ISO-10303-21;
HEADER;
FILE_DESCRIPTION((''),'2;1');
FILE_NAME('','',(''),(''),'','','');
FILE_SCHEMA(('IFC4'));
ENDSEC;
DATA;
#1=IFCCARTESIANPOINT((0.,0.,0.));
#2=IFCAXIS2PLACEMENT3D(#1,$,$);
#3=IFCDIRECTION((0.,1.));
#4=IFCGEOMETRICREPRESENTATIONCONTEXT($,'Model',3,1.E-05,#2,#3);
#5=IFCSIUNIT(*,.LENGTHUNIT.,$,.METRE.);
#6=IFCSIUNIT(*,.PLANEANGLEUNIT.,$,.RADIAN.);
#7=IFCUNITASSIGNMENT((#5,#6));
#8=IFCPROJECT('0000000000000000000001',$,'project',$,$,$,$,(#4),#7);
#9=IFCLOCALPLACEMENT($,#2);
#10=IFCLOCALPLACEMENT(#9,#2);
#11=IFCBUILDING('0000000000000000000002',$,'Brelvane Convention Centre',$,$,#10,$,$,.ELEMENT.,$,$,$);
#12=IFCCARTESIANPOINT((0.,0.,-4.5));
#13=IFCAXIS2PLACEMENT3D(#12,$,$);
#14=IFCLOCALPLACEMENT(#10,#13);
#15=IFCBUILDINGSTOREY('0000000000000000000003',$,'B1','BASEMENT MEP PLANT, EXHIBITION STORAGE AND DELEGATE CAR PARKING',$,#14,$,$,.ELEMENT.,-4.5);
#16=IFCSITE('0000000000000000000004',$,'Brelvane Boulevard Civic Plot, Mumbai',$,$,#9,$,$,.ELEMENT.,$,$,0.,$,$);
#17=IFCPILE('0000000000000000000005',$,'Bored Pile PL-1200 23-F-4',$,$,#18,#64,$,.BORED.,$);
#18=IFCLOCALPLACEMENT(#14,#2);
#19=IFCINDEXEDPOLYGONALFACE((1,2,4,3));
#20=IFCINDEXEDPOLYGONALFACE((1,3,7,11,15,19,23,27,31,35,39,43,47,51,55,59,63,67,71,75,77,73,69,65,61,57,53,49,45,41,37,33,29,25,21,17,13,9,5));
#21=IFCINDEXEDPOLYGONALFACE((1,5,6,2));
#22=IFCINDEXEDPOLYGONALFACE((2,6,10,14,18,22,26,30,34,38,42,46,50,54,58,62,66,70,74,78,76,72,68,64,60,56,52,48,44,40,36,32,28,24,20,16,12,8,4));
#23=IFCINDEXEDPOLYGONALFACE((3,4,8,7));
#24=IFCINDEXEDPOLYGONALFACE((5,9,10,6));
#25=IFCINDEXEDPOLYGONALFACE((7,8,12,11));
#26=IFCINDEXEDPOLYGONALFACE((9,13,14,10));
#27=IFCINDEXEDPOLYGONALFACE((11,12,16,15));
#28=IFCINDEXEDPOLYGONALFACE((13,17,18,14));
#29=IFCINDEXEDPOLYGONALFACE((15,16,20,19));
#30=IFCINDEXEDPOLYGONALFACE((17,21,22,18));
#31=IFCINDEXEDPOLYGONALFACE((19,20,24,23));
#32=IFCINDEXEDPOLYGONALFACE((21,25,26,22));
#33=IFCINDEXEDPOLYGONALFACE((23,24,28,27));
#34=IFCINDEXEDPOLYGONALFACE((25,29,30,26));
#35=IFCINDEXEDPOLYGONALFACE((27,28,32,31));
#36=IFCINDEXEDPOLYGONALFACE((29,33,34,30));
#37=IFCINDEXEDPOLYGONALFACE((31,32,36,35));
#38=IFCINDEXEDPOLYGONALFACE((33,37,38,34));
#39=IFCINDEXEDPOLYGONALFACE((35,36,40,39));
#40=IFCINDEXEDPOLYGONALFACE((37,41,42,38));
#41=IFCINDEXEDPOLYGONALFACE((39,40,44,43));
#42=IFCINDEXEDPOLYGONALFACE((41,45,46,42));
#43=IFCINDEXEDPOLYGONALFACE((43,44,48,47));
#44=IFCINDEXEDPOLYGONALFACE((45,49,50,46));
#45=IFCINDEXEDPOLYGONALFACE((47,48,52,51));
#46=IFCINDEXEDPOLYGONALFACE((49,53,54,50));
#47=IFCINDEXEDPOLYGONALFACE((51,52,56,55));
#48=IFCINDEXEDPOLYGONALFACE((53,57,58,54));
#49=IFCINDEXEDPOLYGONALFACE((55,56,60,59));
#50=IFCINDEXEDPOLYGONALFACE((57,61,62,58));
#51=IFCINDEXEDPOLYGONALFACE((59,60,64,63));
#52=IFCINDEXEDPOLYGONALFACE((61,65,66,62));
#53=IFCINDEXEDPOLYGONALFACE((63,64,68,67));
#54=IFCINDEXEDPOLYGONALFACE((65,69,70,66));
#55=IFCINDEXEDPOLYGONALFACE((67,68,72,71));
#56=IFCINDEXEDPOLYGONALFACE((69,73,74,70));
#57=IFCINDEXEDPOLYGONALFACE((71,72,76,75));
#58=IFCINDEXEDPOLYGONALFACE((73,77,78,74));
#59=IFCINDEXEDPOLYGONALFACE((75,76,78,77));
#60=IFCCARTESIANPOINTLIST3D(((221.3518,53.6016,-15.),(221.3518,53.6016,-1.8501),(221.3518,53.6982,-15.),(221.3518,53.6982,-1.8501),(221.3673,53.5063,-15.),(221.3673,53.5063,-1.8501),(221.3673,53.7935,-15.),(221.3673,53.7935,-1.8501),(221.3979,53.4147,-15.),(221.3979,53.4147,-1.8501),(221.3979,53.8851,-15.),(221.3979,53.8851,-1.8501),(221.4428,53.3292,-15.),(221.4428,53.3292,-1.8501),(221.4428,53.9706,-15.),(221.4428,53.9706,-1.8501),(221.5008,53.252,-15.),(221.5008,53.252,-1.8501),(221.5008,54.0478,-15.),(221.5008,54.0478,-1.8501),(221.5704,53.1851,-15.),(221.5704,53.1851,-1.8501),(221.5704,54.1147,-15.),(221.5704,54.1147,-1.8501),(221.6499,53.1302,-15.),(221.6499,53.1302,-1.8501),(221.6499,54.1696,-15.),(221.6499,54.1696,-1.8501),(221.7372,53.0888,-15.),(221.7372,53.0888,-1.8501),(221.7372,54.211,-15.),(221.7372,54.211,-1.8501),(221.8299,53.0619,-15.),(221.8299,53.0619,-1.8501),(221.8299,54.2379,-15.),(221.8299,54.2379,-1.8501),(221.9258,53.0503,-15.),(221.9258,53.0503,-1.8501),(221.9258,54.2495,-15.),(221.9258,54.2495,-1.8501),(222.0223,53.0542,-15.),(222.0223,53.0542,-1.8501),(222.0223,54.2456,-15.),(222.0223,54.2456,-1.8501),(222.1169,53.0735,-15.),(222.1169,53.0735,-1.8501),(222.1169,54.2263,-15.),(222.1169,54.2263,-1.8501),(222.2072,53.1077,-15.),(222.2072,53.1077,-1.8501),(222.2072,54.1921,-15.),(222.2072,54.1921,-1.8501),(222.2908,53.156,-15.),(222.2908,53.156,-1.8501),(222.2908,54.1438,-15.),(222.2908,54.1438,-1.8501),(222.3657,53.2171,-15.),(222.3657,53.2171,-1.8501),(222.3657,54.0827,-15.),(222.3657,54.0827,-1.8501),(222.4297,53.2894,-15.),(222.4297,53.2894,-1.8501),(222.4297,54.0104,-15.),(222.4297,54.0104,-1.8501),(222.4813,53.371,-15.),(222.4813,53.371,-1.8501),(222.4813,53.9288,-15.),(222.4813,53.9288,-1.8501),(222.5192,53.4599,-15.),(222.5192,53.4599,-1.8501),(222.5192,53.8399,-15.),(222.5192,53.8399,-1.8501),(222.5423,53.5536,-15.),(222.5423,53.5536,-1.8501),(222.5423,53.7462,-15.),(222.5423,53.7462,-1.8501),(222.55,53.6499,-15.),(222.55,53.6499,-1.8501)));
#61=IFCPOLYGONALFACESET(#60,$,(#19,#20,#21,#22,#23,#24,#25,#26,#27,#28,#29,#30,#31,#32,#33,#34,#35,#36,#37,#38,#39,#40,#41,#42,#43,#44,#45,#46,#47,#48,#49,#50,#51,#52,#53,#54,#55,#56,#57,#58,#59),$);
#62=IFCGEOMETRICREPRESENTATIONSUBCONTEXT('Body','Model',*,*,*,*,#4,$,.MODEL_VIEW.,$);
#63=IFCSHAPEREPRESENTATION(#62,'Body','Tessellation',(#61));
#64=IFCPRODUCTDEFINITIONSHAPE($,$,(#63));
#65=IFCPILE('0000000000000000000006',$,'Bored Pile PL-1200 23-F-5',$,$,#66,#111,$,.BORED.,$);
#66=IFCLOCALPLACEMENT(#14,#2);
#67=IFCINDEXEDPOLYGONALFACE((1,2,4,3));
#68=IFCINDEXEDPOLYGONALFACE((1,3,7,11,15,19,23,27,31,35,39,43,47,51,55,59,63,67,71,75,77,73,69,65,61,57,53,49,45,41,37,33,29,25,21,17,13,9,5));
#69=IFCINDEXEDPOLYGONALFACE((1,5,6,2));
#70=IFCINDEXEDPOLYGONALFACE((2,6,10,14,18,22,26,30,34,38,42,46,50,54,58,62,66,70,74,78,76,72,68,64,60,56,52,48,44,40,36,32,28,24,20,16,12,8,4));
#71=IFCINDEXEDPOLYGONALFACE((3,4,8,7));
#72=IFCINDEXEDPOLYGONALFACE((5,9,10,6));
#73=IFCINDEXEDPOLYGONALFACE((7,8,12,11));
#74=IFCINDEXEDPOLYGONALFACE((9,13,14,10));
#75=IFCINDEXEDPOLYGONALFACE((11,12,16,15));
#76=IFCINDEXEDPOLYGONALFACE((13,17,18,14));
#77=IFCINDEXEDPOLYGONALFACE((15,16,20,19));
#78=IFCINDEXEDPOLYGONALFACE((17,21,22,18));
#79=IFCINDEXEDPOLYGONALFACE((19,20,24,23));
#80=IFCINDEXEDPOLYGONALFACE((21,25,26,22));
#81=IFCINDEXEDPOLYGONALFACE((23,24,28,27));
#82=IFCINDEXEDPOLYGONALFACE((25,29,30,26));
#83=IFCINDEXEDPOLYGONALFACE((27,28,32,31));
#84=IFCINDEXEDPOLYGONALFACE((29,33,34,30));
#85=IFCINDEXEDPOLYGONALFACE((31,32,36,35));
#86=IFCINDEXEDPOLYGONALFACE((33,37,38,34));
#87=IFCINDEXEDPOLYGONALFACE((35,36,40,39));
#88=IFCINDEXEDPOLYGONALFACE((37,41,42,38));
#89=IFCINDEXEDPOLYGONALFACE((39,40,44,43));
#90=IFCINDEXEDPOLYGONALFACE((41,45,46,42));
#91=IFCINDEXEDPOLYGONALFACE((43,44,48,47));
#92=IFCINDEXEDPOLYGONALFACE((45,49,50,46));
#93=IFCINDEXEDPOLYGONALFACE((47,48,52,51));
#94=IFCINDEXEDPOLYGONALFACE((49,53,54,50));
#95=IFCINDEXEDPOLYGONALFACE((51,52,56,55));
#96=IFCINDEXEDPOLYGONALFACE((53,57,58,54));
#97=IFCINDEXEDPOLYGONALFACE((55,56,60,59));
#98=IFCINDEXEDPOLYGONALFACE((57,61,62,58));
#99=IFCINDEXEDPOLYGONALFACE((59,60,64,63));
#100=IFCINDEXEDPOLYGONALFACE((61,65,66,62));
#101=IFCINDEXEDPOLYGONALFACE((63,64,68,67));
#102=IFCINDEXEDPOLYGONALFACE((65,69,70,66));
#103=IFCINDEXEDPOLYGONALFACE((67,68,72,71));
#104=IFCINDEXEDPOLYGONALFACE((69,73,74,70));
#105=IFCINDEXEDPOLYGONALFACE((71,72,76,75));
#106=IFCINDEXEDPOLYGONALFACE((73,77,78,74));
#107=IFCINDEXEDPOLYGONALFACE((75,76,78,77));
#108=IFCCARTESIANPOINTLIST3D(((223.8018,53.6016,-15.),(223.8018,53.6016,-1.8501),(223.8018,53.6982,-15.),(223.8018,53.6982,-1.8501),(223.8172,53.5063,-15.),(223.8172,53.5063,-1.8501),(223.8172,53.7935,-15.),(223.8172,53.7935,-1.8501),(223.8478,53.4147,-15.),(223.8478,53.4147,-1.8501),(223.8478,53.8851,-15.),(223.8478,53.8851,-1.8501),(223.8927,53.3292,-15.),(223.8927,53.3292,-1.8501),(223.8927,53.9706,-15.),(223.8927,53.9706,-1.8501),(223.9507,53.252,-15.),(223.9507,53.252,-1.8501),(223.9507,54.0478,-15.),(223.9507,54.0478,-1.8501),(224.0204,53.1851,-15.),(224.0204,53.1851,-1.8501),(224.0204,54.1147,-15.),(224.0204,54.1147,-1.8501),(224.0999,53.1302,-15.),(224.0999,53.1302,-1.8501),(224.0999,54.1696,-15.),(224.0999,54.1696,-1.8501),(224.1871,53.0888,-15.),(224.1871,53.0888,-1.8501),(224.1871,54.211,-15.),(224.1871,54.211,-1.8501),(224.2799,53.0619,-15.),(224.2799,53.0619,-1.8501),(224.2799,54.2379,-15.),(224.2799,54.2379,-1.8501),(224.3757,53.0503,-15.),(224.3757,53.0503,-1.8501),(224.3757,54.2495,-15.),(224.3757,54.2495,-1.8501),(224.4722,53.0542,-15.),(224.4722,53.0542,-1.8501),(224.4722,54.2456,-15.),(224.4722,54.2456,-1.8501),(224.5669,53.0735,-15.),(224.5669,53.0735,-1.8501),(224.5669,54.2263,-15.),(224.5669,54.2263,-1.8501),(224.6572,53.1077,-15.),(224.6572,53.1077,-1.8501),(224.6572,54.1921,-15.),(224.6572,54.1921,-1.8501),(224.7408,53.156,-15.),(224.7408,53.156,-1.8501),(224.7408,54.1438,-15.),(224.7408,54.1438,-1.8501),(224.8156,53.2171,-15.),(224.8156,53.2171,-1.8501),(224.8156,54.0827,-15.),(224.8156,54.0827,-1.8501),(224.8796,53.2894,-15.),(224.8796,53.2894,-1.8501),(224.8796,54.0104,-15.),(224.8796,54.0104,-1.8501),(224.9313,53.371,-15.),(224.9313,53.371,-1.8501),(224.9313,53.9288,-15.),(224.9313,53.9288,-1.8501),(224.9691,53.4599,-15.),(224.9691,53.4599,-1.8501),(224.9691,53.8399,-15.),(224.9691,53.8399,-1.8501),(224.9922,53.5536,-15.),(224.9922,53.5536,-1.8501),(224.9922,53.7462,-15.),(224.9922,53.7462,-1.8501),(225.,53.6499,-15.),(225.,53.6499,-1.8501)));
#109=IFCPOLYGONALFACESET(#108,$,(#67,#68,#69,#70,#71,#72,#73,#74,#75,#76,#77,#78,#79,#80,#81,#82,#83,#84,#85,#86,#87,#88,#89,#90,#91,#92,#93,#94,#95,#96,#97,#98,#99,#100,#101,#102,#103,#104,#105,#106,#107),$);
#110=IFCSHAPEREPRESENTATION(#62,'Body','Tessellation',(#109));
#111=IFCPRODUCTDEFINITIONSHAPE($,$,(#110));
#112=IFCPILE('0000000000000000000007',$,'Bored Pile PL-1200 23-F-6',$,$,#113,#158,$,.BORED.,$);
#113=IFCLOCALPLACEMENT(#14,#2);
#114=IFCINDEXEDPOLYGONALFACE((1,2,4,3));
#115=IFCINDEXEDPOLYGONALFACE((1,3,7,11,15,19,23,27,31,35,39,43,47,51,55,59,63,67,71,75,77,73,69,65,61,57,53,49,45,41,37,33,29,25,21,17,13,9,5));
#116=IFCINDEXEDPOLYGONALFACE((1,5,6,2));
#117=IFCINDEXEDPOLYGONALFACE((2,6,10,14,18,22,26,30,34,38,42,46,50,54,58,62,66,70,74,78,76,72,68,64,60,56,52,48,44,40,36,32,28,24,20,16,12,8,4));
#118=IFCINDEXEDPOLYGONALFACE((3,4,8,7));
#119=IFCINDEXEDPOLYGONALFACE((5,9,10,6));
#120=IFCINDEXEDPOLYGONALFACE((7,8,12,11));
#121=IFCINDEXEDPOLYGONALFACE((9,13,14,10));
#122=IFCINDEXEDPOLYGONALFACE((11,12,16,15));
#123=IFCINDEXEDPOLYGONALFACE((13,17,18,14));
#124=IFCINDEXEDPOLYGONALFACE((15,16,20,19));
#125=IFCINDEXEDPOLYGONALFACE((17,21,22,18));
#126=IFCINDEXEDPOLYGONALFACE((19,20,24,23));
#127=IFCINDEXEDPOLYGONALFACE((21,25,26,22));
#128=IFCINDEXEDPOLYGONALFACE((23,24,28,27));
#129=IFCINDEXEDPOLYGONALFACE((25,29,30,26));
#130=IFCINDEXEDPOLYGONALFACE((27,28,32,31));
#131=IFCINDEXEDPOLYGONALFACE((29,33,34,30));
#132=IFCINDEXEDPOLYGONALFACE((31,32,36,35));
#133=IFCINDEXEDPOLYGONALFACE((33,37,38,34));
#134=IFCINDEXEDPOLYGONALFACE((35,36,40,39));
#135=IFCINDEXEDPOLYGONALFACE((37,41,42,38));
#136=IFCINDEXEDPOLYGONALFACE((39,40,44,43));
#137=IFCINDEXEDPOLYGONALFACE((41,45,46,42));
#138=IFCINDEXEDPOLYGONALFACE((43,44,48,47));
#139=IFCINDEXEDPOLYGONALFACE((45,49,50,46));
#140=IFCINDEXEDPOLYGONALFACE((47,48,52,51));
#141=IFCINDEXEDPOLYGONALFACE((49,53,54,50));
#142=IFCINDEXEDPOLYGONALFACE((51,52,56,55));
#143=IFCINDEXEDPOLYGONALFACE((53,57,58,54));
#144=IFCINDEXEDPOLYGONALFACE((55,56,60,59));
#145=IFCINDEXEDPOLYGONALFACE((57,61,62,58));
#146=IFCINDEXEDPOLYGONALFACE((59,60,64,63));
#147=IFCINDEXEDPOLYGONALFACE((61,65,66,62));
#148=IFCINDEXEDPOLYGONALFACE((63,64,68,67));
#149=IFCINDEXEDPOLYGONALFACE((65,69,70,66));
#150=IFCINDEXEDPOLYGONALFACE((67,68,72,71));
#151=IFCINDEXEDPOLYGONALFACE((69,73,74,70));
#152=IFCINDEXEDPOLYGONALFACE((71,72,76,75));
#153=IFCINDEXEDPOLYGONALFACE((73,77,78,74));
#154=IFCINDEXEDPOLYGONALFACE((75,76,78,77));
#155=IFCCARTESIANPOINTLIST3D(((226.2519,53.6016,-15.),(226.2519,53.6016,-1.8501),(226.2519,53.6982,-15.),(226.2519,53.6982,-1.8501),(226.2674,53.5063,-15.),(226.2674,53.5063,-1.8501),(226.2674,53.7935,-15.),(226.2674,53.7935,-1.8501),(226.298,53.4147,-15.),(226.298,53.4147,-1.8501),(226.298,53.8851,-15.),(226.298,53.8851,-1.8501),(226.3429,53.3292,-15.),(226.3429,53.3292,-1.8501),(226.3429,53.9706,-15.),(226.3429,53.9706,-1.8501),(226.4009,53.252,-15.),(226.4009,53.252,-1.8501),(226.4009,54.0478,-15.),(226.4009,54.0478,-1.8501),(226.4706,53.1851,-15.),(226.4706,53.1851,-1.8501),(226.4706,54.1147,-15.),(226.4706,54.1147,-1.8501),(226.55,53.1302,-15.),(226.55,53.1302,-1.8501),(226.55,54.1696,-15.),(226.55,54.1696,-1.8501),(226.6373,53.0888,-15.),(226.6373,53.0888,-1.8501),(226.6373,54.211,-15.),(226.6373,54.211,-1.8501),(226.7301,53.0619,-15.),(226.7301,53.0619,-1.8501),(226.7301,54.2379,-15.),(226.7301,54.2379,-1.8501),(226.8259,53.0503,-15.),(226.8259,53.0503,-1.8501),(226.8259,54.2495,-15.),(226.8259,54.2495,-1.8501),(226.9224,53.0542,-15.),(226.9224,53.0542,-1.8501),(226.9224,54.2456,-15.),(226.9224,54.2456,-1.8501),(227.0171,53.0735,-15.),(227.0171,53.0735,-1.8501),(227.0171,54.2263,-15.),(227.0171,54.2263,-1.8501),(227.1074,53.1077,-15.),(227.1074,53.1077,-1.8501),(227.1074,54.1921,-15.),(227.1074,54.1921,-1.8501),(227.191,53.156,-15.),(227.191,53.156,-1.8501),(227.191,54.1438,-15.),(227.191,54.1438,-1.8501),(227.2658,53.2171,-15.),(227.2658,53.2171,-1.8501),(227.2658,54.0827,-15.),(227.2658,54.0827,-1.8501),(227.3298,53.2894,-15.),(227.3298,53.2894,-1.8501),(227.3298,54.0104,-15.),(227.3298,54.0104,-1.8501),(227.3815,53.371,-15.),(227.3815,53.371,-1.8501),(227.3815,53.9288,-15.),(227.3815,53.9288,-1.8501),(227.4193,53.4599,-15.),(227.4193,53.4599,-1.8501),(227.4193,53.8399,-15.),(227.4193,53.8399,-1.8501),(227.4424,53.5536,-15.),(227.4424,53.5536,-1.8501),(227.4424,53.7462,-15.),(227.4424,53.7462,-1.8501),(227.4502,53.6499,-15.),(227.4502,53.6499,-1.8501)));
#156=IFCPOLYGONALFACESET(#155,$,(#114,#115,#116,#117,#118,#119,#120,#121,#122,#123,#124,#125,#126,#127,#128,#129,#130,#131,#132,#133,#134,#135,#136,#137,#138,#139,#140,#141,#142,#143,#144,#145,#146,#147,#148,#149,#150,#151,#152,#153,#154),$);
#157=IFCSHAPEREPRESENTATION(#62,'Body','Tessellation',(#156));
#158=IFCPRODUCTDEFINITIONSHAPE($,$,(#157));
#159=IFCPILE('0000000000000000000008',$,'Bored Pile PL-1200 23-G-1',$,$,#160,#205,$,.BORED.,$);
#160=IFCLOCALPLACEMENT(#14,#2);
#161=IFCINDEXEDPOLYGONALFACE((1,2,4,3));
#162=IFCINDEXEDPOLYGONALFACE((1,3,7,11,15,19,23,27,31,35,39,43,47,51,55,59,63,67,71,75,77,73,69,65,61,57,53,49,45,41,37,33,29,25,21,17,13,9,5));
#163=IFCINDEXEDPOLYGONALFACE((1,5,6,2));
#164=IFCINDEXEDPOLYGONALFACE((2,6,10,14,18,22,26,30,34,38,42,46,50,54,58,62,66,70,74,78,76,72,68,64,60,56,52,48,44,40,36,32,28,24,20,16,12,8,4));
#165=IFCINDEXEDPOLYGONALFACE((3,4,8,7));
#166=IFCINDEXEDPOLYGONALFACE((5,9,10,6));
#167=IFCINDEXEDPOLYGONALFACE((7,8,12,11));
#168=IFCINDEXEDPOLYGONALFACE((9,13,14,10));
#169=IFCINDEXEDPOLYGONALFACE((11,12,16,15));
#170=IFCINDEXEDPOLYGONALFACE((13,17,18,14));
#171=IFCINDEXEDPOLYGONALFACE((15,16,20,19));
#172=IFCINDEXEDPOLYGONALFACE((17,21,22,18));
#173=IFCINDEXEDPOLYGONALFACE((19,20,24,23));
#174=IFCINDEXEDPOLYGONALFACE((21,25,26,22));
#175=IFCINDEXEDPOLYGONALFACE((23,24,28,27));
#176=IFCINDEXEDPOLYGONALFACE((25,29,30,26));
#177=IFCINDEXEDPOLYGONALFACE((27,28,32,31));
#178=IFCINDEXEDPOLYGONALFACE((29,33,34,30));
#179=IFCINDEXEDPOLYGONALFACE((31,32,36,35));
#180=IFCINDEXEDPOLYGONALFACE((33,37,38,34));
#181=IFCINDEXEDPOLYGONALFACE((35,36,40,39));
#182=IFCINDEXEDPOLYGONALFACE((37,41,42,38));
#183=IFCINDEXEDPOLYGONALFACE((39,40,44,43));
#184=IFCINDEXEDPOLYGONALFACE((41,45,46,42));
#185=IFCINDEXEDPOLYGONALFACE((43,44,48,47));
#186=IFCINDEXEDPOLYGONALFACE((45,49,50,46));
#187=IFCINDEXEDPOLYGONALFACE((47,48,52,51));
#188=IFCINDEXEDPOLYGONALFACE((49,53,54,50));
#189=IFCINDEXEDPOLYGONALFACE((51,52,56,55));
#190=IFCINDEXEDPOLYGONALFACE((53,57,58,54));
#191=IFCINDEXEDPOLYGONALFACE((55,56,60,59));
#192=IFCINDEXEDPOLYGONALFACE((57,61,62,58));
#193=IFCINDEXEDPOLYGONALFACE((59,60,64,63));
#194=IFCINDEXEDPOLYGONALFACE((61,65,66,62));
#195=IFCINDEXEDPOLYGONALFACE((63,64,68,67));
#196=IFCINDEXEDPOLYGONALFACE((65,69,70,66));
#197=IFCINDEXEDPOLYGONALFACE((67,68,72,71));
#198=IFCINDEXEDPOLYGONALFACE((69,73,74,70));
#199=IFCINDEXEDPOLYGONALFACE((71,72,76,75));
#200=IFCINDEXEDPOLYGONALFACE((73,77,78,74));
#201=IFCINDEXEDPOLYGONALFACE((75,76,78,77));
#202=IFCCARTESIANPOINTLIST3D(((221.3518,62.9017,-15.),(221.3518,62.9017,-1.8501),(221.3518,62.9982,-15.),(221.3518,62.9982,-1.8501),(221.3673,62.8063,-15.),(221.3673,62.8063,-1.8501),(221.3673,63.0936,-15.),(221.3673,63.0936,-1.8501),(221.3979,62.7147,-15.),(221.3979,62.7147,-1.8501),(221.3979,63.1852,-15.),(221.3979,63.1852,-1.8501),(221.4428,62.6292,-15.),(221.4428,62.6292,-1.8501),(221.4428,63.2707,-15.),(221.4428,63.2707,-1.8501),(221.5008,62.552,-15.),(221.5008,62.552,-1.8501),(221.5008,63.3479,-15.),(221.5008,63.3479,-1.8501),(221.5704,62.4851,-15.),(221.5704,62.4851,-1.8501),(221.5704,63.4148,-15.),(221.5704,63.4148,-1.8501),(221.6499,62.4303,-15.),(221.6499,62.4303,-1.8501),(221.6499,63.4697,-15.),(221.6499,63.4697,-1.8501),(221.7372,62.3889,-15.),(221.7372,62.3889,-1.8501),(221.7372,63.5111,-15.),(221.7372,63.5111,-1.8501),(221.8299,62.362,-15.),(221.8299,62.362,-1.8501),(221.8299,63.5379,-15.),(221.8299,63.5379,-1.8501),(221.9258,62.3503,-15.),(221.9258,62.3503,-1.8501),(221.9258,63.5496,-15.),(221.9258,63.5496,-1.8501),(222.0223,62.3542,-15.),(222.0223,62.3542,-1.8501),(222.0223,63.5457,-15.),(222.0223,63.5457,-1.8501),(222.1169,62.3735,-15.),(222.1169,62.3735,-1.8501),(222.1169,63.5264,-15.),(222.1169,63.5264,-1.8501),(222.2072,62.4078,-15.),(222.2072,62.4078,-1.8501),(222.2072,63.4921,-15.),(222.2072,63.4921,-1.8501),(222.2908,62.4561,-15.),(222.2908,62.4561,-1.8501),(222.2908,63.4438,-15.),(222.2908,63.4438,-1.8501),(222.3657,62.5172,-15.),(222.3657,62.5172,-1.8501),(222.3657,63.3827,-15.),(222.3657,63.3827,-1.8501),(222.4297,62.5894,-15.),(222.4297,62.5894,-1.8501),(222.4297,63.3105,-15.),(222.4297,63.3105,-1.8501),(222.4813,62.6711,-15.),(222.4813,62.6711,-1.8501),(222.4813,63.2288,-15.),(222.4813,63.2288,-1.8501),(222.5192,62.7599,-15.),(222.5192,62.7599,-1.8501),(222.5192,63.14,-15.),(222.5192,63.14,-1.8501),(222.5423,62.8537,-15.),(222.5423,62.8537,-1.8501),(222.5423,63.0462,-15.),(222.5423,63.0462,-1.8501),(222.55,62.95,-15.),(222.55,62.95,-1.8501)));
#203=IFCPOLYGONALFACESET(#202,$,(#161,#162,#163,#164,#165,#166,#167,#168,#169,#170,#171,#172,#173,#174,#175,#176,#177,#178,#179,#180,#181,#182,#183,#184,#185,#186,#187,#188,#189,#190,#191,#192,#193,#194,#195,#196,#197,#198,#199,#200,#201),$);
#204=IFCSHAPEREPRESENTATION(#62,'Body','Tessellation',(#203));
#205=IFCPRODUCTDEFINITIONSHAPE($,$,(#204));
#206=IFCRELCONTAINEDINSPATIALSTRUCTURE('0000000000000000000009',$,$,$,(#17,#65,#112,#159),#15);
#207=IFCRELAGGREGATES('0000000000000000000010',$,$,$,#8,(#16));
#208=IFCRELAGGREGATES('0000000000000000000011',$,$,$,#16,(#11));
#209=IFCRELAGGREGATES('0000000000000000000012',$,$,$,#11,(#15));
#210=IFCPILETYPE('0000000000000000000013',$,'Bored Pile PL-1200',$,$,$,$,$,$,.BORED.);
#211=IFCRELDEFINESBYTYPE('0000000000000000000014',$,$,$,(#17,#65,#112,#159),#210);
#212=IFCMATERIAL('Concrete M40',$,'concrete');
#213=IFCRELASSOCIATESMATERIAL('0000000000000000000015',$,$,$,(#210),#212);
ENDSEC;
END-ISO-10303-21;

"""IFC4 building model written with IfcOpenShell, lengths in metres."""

from ifc_helpers import new_model, si_unit, direction, frame, origin, origin_2d, place, context, subcontext, project, spatial, circle, extrude, material, material_profile, profile_set, type_object, element, save


model = new_model("IFC4")

# Units and contexts
model_context = context("Model", 3, precision=1e-05, world=origin(), true_north=direction((0.0, 1.0)))
body_context = subcontext(model_context, "Body", "Model", "MODEL_VIEW")
ifc_project = project(units=[si_unit("LENGTHUNIT", "METRE"), si_unit("PLANEANGLEUNIT", "RADIAN")], contexts=[model_context])

# Site, building, storey
site_placement = place(None, origin())
site = spatial("IfcSite", under=ifc_project, at=site_placement, Name="Brelvane Boulevard Civic Plot, Mumbai", CompositionType="ELEMENT", RefElevation=0.0)
building_placement = place(site_placement, origin())
building = spatial("IfcBuilding", under=site, at=building_placement, Name="Brelvane Convention Centre", CompositionType="ELEMENT")
storey_placement = place(building_placement, frame((0.0, 0.0, -4.5)))
storey = spatial("IfcBuildingStorey", under=building, at=storey_placement, Name="B1", Description="BASEMENT MEP PLANT, EXHIBITION STORAGE AND DELEGATE CAR PARKING", CompositionType="ELEMENT", Elevation=-4.5)

# Piles
ifc_material_1 = material(Name="Concrete M40", Category="concrete")
ifc_material_profile_1 = material_profile(ifc_material_1, circle(Radius=0.6001, at=origin_2d()), Name="PILE D1200")
ifc_profile_set_1 = profile_set([ifc_material_profile_1], Name="Concrete M40")
pile_type_1 = type_object("IfcPileType", Name="Bored Pile PL-1200", PredefinedType="BORED", material=ifc_profile_set_1)
for number, where, z_axis, x_axis, name in (
    (1, (221.95, 53.6499, -1.8501), (0.0, 0.0, -1.0), (1.0, 0.0, 0.0), "Bored Pile PL-1200 23-F-4"),
    (2, (224.3999, 53.6499, -1.8501), (0.0, 0.0, -1.0), (1.0, 0.0, 0.0), "Bored Pile PL-1200 23-F-5"),
    (3, (226.8501, 53.6499, -1.8501), (0.0, 0.0, -1.0), (1.0, 0.0, 0.0), "Bored Pile PL-1200 23-F-6"),
    (4, (221.95, 62.95, -1.8501), (0.0, 0.0, -1.0), (1.0, 0.0, 0.0), "Bored Pile PL-1200 23-G-1"),
):
    element("IfcPile", number, at=place(storey_placement, frame(where, z_axis=z_axis, x_axis=x_axis)), inside=storey, type_object=pile_type_1, Name=name, PredefinedType="BORED", context=body_context, shape_type="SweptSolid", body=[
        extrude(circle(Radius=0.6001, at=origin_2d()), origin(), (0.0, 0.0, 1.0), 13.1499),
    ])

save(model, "model.ifc")
